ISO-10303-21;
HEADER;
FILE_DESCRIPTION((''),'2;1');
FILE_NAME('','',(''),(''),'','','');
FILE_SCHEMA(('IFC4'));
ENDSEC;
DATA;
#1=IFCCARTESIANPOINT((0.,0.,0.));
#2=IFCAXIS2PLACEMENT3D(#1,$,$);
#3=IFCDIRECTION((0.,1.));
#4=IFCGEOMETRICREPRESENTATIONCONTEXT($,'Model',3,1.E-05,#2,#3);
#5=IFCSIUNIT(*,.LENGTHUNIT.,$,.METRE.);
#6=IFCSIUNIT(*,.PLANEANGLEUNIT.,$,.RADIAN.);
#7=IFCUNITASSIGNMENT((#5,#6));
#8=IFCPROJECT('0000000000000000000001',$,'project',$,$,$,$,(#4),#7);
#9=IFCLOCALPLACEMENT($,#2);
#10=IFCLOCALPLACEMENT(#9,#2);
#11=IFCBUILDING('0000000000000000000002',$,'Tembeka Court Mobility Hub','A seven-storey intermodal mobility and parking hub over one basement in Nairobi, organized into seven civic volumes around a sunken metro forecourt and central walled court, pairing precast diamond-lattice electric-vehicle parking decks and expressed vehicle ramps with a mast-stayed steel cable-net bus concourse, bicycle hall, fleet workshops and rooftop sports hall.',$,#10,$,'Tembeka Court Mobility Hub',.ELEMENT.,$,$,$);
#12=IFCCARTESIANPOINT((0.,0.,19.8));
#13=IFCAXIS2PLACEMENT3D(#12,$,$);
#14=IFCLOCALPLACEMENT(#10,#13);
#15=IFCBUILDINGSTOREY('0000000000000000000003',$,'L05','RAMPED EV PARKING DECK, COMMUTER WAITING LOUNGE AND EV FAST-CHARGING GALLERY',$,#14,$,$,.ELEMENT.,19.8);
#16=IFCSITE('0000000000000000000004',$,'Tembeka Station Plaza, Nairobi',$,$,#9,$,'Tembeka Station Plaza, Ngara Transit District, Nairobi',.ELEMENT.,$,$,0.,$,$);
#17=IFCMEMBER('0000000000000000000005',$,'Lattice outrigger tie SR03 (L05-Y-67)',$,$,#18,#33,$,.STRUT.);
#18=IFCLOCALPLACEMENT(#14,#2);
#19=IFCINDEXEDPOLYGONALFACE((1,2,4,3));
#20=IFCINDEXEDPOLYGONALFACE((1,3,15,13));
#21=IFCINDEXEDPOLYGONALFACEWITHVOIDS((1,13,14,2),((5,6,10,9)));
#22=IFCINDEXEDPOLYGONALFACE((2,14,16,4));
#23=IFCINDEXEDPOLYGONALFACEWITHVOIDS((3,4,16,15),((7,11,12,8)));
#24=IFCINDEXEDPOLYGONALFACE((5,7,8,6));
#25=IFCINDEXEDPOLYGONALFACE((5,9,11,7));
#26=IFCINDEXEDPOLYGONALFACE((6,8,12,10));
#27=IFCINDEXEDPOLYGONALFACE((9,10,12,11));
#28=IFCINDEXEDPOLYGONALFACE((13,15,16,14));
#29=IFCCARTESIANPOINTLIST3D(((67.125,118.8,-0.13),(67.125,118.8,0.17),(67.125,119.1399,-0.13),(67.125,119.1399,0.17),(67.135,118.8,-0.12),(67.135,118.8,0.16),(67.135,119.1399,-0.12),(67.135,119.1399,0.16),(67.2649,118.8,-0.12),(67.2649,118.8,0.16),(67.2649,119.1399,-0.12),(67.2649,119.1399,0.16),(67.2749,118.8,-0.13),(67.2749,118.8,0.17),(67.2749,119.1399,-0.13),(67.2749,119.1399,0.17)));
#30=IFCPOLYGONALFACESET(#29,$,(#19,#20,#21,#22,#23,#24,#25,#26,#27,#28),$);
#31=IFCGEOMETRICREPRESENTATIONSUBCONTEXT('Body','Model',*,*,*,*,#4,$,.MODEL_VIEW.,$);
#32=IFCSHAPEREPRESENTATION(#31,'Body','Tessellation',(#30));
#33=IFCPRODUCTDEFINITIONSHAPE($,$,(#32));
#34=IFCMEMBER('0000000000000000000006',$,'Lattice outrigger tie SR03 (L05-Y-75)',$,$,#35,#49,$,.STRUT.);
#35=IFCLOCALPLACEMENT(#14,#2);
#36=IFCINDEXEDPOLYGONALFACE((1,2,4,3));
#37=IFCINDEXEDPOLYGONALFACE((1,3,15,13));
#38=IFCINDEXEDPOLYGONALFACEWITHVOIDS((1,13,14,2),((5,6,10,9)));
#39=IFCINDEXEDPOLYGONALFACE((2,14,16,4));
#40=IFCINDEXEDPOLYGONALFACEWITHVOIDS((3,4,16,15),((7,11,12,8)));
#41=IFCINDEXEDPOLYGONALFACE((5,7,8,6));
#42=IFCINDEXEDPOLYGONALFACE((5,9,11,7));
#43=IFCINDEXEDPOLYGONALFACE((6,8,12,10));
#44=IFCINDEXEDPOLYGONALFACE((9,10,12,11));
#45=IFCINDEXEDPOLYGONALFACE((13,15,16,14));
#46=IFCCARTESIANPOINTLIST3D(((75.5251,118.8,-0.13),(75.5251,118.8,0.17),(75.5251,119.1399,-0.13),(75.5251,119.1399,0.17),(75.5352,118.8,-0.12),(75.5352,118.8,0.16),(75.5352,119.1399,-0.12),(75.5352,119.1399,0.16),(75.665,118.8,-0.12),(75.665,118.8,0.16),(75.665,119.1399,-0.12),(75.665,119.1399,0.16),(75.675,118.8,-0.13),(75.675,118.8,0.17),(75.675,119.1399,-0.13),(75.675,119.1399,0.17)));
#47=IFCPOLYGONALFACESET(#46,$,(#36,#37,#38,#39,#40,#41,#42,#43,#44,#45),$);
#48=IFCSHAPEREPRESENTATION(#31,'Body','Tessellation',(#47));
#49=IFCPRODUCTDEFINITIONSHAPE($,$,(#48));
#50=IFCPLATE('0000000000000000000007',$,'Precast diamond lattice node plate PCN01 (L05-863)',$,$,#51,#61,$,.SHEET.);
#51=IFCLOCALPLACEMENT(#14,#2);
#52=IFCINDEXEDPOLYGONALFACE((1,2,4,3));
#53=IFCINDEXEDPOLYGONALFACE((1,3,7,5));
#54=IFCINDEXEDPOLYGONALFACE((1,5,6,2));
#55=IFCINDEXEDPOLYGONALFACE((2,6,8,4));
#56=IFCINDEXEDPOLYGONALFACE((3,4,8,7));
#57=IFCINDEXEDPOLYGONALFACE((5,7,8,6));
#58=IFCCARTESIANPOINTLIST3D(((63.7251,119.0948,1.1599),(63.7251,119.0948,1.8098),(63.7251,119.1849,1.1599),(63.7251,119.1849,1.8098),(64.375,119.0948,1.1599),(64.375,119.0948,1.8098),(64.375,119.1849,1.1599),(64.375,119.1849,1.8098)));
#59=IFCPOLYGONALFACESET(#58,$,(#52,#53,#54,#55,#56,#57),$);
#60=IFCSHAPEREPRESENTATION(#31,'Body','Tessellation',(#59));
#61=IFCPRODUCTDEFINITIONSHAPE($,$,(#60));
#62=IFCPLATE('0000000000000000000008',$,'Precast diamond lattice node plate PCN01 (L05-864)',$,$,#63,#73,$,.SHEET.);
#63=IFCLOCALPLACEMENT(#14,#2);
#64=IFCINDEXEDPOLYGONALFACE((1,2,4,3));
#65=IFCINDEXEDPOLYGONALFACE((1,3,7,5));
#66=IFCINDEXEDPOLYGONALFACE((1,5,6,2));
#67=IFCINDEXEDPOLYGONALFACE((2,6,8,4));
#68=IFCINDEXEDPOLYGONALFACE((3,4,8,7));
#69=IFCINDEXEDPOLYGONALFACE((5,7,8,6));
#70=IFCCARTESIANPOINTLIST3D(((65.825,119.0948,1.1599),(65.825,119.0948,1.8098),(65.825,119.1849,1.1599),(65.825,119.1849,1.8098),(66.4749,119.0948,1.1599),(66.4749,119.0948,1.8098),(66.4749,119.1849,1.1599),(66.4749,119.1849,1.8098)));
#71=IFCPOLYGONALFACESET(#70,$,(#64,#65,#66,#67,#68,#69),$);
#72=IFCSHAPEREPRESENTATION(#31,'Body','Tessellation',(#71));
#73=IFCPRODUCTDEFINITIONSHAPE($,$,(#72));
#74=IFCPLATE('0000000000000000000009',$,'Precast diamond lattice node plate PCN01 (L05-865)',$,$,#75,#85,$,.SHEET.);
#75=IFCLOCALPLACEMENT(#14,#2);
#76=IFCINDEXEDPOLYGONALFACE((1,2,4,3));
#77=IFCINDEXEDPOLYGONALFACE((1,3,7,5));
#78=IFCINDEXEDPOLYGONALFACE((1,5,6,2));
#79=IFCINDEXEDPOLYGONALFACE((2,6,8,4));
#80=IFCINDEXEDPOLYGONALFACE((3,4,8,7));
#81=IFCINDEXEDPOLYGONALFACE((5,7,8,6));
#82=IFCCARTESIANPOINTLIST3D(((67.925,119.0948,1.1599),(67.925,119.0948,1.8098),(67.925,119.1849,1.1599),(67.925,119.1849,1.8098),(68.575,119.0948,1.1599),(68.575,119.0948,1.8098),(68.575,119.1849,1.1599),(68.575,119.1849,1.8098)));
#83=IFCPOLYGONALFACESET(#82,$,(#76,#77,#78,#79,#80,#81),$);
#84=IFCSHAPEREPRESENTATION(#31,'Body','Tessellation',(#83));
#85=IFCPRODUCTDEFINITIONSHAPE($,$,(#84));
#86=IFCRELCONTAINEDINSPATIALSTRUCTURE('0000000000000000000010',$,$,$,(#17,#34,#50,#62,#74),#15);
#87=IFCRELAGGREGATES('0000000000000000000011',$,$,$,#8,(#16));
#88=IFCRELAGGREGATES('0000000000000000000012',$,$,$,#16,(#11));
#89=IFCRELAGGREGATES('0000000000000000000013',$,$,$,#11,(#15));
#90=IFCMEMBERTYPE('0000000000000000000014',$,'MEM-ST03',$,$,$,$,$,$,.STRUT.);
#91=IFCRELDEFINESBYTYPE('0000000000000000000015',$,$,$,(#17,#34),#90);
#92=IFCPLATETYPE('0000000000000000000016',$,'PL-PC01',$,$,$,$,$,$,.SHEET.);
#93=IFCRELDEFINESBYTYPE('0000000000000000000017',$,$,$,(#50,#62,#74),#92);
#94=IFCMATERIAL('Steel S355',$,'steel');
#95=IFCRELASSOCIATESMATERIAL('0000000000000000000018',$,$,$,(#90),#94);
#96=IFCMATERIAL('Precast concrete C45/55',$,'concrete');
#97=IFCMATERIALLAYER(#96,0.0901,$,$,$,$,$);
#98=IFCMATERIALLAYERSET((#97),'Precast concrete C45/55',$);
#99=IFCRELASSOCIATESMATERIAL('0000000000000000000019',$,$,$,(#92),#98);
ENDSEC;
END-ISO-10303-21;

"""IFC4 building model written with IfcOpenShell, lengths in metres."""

from ifc_helpers import new_model, si_unit, direction, frame, origin, origin_2d, place, context, subcontext, project, spatial, rectangle, hollow_rectangle, extrude, material, layer, layer_set, material_profile, profile_set, type_object, element, save


model = new_model("IFC4")

# Units and contexts
model_context = context("Model", 3, precision=1e-05, world=origin(), true_north=direction((0.0, 1.0)))
body_context = subcontext(model_context, "Body", "Model", "MODEL_VIEW")
ifc_project = project(units=[si_unit("LENGTHUNIT", "METRE"), si_unit("PLANEANGLEUNIT", "RADIAN")], contexts=[model_context])

# Site, building, storey
site_placement = place(None, origin())
site = spatial("IfcSite", under=ifc_project, at=site_placement, Name="Tembeka Station Plaza, Nairobi", LongName="Tembeka Station Plaza, Ngara Transit District, Nairobi", CompositionType="ELEMENT", RefElevation=0.0)
building_placement = place(site_placement, origin())
building = spatial("IfcBuilding", under=site, at=building_placement, Name="Tembeka Court Mobility Hub", Description="A seven-storey intermodal mobility and parking hub over one basement in Nairobi, organized into seven civic volumes around a sunken metro forecourt and central walled court, pairing precast diamond-lattice electric-vehicle parking decks and expressed vehicle ramps with a mast-stayed steel cable-net bus concourse, bicycle hall, fleet workshops and rooftop sports hall.", LongName="Tembeka Court Mobility Hub", CompositionType="ELEMENT")
storey_placement = place(building_placement, frame((0.0, 0.0, 19.8)))
storey = spatial("IfcBuildingStorey", under=building, at=storey_placement, Name="L05", Description="RAMPED EV PARKING DECK, COMMUTER WAITING LOUNGE AND EV FAST-CHARGING GALLERY", CompositionType="ELEMENT", Elevation=19.8)

# Shared definitions
ifc_material_1 = material(Name="Steel S355", Category="steel")

# Shared definitions
ifc_material_2 = material(Name="Precast concrete C45/55", Category="concrete")

# Members
ifc_material_profile_1 = material_profile(ifc_material_1, hollow_rectangle(XDim=0.1499, YDim=0.3, WallThickness=0.01, at=origin_2d()), Name="RHS 300x150x10")
ifc_profile_set_1 = profile_set([ifc_material_profile_1], Name="Steel S355")
member_type_1 = type_object("IfcMemberType", Name="MEM-ST03", PredefinedType="STRUT", material=ifc_profile_set_1)
for number, where, z_axis, x_axis, name in (
    (1, (67.2, 118.8, 0.02), (0.0, 1.0, 0.0), (-1.0, 0.0, 0.0), "Lattice outrigger tie SR03 (L05-Y-67)"),
    (2, (75.6001, 118.8, 0.02), (0.0, 1.0, 0.0), (-1.0, 0.0, 0.0), "Lattice outrigger tie SR03 (L05-Y-75)"),
):
    element("IfcMember", number, at=place(storey_placement, frame(where, z_axis=z_axis, x_axis=x_axis)), inside=storey, type_object=member_type_1, Name=name, PredefinedType="STRUT", context=body_context, shape_type="SweptSolid", body=[
        extrude(hollow_rectangle(XDim=0.1499, YDim=0.3, WallThickness=0.01, at=origin_2d()), origin(), (0.0, 0.0, 1.0), 0.3398),
    ])

# Plates
ifc_layer = layer(ifc_material_2, 0.0901)
ifc_layer_set = layer_set([ifc_layer], Name="Precast concrete C45/55")
plate_type = type_object("IfcPlateType", Name="PL-PC01", PredefinedType="SHEET", material=ifc_layer_set)
for number, where, z_axis, x_axis, name in (
    (3, (64.05, 119.1399, 1.1599), (0.0, 0.0, 1.0), (1.0, 0.0, 0.0), "Precast diamond lattice node plate PCN01 (L05-863)"),
    (4, (66.1499, 119.1399, 1.1599), (0.0, 0.0, 1.0), (1.0, 0.0, 0.0), "Precast diamond lattice node plate PCN01 (L05-864)"),
    (5, (68.25, 119.1399, 1.1599), (0.0, 0.0, 1.0), (1.0, 0.0, 0.0), "Precast diamond lattice node plate PCN01 (L05-865)"),
):
    element("IfcPlate", number, at=place(storey_placement, frame(where, z_axis=z_axis, x_axis=x_axis)), inside=storey, type_object=plate_type, Name=name, PredefinedType="SHEET", context=body_context, shape_type="SweptSolid", body=[
        extrude(rectangle(XDim=0.6499, YDim=0.0901, at=origin_2d()), origin(), (0.0, 0.0, 1.0), 0.6499),
    ])

save(model, "model.ifc")
